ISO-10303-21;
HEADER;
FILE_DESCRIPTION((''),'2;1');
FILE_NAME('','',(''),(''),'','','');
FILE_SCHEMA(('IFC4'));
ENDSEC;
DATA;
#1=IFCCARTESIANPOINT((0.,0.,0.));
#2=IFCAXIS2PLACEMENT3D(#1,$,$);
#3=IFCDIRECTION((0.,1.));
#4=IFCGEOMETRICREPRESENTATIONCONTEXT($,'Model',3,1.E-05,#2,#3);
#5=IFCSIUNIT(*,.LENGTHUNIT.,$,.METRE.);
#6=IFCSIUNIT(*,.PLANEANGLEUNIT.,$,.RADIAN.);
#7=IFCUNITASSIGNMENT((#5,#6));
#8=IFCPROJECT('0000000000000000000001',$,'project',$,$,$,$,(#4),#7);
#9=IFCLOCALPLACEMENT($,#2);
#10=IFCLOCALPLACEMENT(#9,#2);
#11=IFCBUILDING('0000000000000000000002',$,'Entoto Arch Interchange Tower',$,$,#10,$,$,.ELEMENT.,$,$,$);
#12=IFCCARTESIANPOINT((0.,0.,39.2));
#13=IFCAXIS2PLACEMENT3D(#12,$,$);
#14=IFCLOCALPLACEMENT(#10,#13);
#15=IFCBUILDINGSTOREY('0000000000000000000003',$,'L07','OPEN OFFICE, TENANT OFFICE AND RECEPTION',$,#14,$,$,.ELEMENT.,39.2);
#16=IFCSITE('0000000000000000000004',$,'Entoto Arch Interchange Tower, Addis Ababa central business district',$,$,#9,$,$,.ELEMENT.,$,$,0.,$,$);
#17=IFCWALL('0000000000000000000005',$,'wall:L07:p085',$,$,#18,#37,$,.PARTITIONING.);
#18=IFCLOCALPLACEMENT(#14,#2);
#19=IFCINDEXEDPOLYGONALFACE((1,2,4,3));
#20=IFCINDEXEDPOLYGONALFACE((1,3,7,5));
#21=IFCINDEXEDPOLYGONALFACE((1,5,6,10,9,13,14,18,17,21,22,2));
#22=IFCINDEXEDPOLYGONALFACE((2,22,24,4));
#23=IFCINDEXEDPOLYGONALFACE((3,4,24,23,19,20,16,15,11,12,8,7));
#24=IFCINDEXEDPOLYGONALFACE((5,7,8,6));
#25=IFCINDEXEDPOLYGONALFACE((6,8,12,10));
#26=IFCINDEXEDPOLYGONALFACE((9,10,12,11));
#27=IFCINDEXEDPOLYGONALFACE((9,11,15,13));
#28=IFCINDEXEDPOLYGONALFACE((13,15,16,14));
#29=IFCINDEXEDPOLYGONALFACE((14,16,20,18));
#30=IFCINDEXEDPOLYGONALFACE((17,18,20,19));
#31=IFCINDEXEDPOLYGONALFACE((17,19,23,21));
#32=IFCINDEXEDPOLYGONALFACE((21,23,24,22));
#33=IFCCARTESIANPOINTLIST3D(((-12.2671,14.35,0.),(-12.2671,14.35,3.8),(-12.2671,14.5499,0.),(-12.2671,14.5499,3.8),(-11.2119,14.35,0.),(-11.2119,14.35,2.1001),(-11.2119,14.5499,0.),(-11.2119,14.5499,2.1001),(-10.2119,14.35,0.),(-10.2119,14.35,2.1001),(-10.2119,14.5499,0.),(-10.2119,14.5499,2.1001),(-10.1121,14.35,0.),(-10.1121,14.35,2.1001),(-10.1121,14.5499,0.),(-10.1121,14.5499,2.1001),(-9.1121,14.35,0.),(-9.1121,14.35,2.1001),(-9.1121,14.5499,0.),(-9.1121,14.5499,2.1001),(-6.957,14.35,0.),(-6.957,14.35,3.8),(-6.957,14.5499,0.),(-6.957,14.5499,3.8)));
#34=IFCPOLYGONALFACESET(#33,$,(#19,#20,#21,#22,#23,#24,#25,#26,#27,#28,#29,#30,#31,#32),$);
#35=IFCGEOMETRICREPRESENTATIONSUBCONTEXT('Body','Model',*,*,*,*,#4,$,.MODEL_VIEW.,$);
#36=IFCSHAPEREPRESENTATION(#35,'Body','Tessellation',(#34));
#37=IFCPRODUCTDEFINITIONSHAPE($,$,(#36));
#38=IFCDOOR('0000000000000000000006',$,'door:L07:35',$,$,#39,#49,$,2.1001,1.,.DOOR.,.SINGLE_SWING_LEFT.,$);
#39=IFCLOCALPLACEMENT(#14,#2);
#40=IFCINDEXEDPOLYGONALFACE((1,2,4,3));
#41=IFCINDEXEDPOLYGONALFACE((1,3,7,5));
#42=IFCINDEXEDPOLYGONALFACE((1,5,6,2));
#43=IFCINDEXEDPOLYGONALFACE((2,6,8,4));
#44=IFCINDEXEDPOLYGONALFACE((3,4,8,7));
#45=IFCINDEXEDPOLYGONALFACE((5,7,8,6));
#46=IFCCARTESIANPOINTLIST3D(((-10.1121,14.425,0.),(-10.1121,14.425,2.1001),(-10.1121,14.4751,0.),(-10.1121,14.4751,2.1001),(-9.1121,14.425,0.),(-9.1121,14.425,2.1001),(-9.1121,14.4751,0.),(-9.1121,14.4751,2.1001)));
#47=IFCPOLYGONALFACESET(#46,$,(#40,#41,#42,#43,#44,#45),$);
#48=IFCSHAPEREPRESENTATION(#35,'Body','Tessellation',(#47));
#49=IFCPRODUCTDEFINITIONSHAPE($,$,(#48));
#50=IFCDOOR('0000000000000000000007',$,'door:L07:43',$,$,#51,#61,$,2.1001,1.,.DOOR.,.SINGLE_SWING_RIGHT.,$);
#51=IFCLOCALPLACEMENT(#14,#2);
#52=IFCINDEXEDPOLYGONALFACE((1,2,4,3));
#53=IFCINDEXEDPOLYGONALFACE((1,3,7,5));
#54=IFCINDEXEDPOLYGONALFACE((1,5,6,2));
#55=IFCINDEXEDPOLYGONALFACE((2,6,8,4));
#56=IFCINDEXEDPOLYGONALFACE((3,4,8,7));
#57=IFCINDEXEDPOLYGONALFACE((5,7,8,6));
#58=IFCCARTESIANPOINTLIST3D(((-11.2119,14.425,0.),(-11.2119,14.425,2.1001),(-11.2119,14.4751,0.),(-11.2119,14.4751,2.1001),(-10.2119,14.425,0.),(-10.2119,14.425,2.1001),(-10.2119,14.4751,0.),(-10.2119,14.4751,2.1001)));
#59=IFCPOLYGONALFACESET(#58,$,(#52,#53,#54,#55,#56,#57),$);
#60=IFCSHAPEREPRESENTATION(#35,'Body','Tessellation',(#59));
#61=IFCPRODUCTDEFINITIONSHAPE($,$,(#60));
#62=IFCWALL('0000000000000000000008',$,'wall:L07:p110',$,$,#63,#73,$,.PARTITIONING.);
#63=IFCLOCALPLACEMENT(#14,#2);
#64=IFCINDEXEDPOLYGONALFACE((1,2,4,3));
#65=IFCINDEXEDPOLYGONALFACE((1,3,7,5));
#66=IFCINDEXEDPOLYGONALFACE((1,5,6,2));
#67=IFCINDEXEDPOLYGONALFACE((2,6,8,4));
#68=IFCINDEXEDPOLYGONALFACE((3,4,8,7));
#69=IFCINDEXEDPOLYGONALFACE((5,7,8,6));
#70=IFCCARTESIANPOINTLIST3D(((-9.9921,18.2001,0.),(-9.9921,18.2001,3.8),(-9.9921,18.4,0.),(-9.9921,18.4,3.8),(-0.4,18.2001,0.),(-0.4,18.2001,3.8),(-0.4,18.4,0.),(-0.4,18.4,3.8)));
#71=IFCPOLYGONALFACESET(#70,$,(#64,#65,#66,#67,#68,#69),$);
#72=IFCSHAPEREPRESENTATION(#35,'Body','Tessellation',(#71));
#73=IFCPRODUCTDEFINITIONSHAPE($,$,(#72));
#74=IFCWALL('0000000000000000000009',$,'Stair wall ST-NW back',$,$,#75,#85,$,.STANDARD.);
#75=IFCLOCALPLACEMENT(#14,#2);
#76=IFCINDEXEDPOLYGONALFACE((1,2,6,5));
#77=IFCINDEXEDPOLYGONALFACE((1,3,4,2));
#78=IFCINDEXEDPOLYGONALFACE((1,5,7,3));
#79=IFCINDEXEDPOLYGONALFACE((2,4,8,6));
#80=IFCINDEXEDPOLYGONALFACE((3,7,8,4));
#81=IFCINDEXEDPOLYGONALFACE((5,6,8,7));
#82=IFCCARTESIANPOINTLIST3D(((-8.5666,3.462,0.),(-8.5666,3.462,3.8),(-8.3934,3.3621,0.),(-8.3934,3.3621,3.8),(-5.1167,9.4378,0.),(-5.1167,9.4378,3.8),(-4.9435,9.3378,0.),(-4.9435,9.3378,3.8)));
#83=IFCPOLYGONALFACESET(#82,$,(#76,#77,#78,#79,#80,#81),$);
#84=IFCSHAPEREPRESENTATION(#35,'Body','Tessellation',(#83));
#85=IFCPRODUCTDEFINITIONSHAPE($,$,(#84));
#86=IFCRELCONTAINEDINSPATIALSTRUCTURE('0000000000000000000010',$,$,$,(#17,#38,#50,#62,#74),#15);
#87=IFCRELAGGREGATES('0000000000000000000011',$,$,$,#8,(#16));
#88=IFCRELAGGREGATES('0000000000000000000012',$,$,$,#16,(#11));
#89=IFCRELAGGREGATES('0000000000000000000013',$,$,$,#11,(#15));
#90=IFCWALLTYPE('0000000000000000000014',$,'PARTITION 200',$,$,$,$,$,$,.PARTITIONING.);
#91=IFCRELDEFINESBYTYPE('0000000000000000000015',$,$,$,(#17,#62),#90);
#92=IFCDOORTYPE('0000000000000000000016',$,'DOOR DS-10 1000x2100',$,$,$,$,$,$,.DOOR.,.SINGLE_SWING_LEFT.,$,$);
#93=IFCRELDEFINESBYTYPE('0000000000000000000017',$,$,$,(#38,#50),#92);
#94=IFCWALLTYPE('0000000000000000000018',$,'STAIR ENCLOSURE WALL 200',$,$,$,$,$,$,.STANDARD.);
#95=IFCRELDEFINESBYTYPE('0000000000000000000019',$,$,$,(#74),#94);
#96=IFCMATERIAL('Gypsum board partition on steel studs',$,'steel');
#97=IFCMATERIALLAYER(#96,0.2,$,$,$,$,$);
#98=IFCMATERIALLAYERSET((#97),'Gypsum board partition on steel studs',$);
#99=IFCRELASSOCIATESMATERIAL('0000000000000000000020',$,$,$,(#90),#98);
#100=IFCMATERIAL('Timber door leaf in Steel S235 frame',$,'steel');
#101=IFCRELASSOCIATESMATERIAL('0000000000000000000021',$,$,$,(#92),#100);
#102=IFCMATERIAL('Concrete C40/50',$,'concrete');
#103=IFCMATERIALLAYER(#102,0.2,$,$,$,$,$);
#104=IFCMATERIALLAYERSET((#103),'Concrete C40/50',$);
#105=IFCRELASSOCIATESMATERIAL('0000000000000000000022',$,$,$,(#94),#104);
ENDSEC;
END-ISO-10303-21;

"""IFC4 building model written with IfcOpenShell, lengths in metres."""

from ifc_helpers import new_model, si_unit, direction, frame, frame_2d, origin, place, context, subcontext, project, spatial, rectangle, extrude, material, layer, layer_set, type_object, element, fill, save


model = new_model("IFC4")

# Units and contexts
model_context = context("Model", 3, precision=1e-05, world=origin(), true_north=direction((0.0, 1.0)))
body_context = subcontext(model_context, "Body", "Model", "MODEL_VIEW")
ifc_project = project(units=[si_unit("LENGTHUNIT", "METRE"), si_unit("PLANEANGLEUNIT", "RADIAN")], contexts=[model_context])

# Site, building, storey
site_placement = place(None, origin())
site = spatial("IfcSite", under=ifc_project, at=site_placement, Name="Entoto Arch Interchange Tower, Addis Ababa central business district", CompositionType="ELEMENT", RefElevation=0.0)
building_placement = place(site_placement, origin())
building = spatial("IfcBuilding", under=site, at=building_placement, Name="Entoto Arch Interchange Tower", CompositionType="ELEMENT")
storey_placement = place(building_placement, frame((0.0, 0.0, 39.2)))
storey = spatial("IfcBuildingStorey", under=building, at=storey_placement, Name="L07", Description="OPEN OFFICE, TENANT OFFICE AND RECEPTION", CompositionType="ELEMENT", Elevation=39.2)

# Shared definitions
ifc_material_1 = material(Name="Concrete C40/50", Category="concrete")

# Shared definitions
ifc_material_2 = material(Name="Gypsum board partition on steel studs", Category="steel")
ifc_layer_1 = layer(ifc_material_2, 0.2)
ifc_layer_set_1 = layer_set([ifc_layer_1], Name="Gypsum board partition on steel studs")
wall_type_1 = type_object("IfcWallType", Name="PARTITION 200", PredefinedType="PARTITIONING", material=ifc_layer_set_1)

# Wall, openings, doors
wall_1_placement = place(storey_placement, frame((-6.957, 14.45, 0.0), z_axis=(0.0, 0.0, 1.0), x_axis=(-1.0, 0.0, 0.0)))
wall_1 = element("IfcWall", 1, at=wall_1_placement, inside=storey, type_object=wall_type_1, Name="wall:L07:p085", PredefinedType="PARTITIONING", context=body_context, shape_type="SweptSolid", body=[
    extrude(rectangle(XDim=5.3101, YDim=0.2, at=frame_2d((2.655, 0.0))), origin(), (0.0, 0.0, 1.0), 3.8),
])
opening_1_placement = place(wall_1_placement, frame((2.155, 0.0, 0.0)))
opening_1 = element("IfcOpeningElement", 2, at=opening_1_placement, cuts=wall_1, PredefinedType="OPENING", context=body_context, shape_type="SweptSolid", body=[
    extrude(rectangle(XDim=1.0, YDim=2.1001, at=frame_2d((0.5, 1.05))), frame((0.0, 0.1099, 0.0), z_axis=(0.0, -1.0, 0.0), x_axis=(1.0, 0.0, 0.0)), (0.0, 0.0, 1.0), 0.22),
])
opening_2_placement = place(wall_1_placement, frame((3.2549, 0.0, 0.0)))
opening_2 = element("IfcOpeningElement", 3, at=opening_2_placement, cuts=wall_1, PredefinedType="OPENING", context=body_context, shape_type="SweptSolid", body=[
    extrude(rectangle(XDim=1.0, YDim=2.1001, at=frame_2d((0.5, 1.05))), frame((0.0, 0.1099, 0.0), z_axis=(0.0, -1.0, 0.0), x_axis=(1.0, 0.0, 0.0)), (0.0, 0.0, 1.0), 0.22),
])
ifc_material_3 = material(Name="Timber door leaf in Steel S235 frame", Category="steel")
door_type_1 = type_object("IfcDoorType", Name="DOOR DS-10 1000x2100", OperationType="SINGLE_SWING_LEFT", PredefinedType="DOOR", material=ifc_material_3)
door_1_placement = place(opening_1_placement, origin())
door_1 = element("IfcDoor", 4, at=door_1_placement, inside=storey, type_object=door_type_1, Name="door:L07:35", OperationType="SINGLE_SWING_LEFT", OverallHeight=2.1001, OverallWidth=1.0, PredefinedType="DOOR", context=body_context, shape_type="SweptSolid", body=[
    extrude(rectangle(XDim=1.0, YDim=2.1001, at=frame_2d((0.5, 1.05))), frame((0.0, 0.0249, 0.0), z_axis=(0.0, -1.0, 0.0), x_axis=(1.0, 0.0, 0.0)), (0.0, 0.0, 1.0), 0.05),
])
fill(opening_1, door_1)
door_2_placement = place(opening_2_placement, origin())
door_2 = element("IfcDoor", 5, at=door_2_placement, inside=storey, type_object=door_type_1, Name="door:L07:43", OperationType="SINGLE_SWING_RIGHT", OverallHeight=2.1001, OverallWidth=1.0, PredefinedType="DOOR", context=body_context, shape_type="SweptSolid", body=[
    extrude(rectangle(XDim=1.0, YDim=2.1001, at=frame_2d((0.5, 1.05))), frame((0.0, 0.0249, 0.0), z_axis=(0.0, -1.0, 0.0), x_axis=(1.0, 0.0, 0.0)), (0.0, 0.0, 1.0), 0.05),
])
fill(opening_2, door_2)

# Walls
wall_2_placement = place(storey_placement, frame((-9.9919, 18.3, 0.0), z_axis=(0.0, 0.0, 1.0), x_axis=(1.0, 0.0, 0.0)))
element("IfcWall", 6, at=wall_2_placement, inside=storey, type_object=wall_type_1, Name="wall:L07:p110", PredefinedType="PARTITIONING", context=body_context, shape_type="SweptSolid", body=[
    extrude(rectangle(XDim=9.592, YDim=0.2, at=frame_2d((4.7959, 0.0))), origin(), (0.0, 0.0, 1.0), 3.8),
])
ifc_layer_2 = layer(ifc_material_1, 0.2)
ifc_layer_set_2 = layer_set([ifc_layer_2], Name="Concrete C40/50")
wall_type_2 = type_object("IfcWallType", Name="STAIR ENCLOSURE WALL 200", PredefinedType="STANDARD", material=ifc_layer_set_2)
wall_3_placement = place(storey_placement, frame((-5.03, 9.3879, 0.0), z_axis=(0.0, 0.0, 1.0), x_axis=(-0.499979, -0.866038, 0.0)))
element("IfcWall", 7, at=wall_3_placement, inside=storey, type_object=wall_type_2, Name="Stair wall ST-NW back", PredefinedType="STANDARD", context=body_context, shape_type="SweptSolid", body=[
    extrude(rectangle(XDim=6.9001, YDim=0.2, at=frame_2d((3.4502, 0.0))), origin(), (0.0, 0.0, 1.0), 3.8),
])

save(model, "model.ifc")
